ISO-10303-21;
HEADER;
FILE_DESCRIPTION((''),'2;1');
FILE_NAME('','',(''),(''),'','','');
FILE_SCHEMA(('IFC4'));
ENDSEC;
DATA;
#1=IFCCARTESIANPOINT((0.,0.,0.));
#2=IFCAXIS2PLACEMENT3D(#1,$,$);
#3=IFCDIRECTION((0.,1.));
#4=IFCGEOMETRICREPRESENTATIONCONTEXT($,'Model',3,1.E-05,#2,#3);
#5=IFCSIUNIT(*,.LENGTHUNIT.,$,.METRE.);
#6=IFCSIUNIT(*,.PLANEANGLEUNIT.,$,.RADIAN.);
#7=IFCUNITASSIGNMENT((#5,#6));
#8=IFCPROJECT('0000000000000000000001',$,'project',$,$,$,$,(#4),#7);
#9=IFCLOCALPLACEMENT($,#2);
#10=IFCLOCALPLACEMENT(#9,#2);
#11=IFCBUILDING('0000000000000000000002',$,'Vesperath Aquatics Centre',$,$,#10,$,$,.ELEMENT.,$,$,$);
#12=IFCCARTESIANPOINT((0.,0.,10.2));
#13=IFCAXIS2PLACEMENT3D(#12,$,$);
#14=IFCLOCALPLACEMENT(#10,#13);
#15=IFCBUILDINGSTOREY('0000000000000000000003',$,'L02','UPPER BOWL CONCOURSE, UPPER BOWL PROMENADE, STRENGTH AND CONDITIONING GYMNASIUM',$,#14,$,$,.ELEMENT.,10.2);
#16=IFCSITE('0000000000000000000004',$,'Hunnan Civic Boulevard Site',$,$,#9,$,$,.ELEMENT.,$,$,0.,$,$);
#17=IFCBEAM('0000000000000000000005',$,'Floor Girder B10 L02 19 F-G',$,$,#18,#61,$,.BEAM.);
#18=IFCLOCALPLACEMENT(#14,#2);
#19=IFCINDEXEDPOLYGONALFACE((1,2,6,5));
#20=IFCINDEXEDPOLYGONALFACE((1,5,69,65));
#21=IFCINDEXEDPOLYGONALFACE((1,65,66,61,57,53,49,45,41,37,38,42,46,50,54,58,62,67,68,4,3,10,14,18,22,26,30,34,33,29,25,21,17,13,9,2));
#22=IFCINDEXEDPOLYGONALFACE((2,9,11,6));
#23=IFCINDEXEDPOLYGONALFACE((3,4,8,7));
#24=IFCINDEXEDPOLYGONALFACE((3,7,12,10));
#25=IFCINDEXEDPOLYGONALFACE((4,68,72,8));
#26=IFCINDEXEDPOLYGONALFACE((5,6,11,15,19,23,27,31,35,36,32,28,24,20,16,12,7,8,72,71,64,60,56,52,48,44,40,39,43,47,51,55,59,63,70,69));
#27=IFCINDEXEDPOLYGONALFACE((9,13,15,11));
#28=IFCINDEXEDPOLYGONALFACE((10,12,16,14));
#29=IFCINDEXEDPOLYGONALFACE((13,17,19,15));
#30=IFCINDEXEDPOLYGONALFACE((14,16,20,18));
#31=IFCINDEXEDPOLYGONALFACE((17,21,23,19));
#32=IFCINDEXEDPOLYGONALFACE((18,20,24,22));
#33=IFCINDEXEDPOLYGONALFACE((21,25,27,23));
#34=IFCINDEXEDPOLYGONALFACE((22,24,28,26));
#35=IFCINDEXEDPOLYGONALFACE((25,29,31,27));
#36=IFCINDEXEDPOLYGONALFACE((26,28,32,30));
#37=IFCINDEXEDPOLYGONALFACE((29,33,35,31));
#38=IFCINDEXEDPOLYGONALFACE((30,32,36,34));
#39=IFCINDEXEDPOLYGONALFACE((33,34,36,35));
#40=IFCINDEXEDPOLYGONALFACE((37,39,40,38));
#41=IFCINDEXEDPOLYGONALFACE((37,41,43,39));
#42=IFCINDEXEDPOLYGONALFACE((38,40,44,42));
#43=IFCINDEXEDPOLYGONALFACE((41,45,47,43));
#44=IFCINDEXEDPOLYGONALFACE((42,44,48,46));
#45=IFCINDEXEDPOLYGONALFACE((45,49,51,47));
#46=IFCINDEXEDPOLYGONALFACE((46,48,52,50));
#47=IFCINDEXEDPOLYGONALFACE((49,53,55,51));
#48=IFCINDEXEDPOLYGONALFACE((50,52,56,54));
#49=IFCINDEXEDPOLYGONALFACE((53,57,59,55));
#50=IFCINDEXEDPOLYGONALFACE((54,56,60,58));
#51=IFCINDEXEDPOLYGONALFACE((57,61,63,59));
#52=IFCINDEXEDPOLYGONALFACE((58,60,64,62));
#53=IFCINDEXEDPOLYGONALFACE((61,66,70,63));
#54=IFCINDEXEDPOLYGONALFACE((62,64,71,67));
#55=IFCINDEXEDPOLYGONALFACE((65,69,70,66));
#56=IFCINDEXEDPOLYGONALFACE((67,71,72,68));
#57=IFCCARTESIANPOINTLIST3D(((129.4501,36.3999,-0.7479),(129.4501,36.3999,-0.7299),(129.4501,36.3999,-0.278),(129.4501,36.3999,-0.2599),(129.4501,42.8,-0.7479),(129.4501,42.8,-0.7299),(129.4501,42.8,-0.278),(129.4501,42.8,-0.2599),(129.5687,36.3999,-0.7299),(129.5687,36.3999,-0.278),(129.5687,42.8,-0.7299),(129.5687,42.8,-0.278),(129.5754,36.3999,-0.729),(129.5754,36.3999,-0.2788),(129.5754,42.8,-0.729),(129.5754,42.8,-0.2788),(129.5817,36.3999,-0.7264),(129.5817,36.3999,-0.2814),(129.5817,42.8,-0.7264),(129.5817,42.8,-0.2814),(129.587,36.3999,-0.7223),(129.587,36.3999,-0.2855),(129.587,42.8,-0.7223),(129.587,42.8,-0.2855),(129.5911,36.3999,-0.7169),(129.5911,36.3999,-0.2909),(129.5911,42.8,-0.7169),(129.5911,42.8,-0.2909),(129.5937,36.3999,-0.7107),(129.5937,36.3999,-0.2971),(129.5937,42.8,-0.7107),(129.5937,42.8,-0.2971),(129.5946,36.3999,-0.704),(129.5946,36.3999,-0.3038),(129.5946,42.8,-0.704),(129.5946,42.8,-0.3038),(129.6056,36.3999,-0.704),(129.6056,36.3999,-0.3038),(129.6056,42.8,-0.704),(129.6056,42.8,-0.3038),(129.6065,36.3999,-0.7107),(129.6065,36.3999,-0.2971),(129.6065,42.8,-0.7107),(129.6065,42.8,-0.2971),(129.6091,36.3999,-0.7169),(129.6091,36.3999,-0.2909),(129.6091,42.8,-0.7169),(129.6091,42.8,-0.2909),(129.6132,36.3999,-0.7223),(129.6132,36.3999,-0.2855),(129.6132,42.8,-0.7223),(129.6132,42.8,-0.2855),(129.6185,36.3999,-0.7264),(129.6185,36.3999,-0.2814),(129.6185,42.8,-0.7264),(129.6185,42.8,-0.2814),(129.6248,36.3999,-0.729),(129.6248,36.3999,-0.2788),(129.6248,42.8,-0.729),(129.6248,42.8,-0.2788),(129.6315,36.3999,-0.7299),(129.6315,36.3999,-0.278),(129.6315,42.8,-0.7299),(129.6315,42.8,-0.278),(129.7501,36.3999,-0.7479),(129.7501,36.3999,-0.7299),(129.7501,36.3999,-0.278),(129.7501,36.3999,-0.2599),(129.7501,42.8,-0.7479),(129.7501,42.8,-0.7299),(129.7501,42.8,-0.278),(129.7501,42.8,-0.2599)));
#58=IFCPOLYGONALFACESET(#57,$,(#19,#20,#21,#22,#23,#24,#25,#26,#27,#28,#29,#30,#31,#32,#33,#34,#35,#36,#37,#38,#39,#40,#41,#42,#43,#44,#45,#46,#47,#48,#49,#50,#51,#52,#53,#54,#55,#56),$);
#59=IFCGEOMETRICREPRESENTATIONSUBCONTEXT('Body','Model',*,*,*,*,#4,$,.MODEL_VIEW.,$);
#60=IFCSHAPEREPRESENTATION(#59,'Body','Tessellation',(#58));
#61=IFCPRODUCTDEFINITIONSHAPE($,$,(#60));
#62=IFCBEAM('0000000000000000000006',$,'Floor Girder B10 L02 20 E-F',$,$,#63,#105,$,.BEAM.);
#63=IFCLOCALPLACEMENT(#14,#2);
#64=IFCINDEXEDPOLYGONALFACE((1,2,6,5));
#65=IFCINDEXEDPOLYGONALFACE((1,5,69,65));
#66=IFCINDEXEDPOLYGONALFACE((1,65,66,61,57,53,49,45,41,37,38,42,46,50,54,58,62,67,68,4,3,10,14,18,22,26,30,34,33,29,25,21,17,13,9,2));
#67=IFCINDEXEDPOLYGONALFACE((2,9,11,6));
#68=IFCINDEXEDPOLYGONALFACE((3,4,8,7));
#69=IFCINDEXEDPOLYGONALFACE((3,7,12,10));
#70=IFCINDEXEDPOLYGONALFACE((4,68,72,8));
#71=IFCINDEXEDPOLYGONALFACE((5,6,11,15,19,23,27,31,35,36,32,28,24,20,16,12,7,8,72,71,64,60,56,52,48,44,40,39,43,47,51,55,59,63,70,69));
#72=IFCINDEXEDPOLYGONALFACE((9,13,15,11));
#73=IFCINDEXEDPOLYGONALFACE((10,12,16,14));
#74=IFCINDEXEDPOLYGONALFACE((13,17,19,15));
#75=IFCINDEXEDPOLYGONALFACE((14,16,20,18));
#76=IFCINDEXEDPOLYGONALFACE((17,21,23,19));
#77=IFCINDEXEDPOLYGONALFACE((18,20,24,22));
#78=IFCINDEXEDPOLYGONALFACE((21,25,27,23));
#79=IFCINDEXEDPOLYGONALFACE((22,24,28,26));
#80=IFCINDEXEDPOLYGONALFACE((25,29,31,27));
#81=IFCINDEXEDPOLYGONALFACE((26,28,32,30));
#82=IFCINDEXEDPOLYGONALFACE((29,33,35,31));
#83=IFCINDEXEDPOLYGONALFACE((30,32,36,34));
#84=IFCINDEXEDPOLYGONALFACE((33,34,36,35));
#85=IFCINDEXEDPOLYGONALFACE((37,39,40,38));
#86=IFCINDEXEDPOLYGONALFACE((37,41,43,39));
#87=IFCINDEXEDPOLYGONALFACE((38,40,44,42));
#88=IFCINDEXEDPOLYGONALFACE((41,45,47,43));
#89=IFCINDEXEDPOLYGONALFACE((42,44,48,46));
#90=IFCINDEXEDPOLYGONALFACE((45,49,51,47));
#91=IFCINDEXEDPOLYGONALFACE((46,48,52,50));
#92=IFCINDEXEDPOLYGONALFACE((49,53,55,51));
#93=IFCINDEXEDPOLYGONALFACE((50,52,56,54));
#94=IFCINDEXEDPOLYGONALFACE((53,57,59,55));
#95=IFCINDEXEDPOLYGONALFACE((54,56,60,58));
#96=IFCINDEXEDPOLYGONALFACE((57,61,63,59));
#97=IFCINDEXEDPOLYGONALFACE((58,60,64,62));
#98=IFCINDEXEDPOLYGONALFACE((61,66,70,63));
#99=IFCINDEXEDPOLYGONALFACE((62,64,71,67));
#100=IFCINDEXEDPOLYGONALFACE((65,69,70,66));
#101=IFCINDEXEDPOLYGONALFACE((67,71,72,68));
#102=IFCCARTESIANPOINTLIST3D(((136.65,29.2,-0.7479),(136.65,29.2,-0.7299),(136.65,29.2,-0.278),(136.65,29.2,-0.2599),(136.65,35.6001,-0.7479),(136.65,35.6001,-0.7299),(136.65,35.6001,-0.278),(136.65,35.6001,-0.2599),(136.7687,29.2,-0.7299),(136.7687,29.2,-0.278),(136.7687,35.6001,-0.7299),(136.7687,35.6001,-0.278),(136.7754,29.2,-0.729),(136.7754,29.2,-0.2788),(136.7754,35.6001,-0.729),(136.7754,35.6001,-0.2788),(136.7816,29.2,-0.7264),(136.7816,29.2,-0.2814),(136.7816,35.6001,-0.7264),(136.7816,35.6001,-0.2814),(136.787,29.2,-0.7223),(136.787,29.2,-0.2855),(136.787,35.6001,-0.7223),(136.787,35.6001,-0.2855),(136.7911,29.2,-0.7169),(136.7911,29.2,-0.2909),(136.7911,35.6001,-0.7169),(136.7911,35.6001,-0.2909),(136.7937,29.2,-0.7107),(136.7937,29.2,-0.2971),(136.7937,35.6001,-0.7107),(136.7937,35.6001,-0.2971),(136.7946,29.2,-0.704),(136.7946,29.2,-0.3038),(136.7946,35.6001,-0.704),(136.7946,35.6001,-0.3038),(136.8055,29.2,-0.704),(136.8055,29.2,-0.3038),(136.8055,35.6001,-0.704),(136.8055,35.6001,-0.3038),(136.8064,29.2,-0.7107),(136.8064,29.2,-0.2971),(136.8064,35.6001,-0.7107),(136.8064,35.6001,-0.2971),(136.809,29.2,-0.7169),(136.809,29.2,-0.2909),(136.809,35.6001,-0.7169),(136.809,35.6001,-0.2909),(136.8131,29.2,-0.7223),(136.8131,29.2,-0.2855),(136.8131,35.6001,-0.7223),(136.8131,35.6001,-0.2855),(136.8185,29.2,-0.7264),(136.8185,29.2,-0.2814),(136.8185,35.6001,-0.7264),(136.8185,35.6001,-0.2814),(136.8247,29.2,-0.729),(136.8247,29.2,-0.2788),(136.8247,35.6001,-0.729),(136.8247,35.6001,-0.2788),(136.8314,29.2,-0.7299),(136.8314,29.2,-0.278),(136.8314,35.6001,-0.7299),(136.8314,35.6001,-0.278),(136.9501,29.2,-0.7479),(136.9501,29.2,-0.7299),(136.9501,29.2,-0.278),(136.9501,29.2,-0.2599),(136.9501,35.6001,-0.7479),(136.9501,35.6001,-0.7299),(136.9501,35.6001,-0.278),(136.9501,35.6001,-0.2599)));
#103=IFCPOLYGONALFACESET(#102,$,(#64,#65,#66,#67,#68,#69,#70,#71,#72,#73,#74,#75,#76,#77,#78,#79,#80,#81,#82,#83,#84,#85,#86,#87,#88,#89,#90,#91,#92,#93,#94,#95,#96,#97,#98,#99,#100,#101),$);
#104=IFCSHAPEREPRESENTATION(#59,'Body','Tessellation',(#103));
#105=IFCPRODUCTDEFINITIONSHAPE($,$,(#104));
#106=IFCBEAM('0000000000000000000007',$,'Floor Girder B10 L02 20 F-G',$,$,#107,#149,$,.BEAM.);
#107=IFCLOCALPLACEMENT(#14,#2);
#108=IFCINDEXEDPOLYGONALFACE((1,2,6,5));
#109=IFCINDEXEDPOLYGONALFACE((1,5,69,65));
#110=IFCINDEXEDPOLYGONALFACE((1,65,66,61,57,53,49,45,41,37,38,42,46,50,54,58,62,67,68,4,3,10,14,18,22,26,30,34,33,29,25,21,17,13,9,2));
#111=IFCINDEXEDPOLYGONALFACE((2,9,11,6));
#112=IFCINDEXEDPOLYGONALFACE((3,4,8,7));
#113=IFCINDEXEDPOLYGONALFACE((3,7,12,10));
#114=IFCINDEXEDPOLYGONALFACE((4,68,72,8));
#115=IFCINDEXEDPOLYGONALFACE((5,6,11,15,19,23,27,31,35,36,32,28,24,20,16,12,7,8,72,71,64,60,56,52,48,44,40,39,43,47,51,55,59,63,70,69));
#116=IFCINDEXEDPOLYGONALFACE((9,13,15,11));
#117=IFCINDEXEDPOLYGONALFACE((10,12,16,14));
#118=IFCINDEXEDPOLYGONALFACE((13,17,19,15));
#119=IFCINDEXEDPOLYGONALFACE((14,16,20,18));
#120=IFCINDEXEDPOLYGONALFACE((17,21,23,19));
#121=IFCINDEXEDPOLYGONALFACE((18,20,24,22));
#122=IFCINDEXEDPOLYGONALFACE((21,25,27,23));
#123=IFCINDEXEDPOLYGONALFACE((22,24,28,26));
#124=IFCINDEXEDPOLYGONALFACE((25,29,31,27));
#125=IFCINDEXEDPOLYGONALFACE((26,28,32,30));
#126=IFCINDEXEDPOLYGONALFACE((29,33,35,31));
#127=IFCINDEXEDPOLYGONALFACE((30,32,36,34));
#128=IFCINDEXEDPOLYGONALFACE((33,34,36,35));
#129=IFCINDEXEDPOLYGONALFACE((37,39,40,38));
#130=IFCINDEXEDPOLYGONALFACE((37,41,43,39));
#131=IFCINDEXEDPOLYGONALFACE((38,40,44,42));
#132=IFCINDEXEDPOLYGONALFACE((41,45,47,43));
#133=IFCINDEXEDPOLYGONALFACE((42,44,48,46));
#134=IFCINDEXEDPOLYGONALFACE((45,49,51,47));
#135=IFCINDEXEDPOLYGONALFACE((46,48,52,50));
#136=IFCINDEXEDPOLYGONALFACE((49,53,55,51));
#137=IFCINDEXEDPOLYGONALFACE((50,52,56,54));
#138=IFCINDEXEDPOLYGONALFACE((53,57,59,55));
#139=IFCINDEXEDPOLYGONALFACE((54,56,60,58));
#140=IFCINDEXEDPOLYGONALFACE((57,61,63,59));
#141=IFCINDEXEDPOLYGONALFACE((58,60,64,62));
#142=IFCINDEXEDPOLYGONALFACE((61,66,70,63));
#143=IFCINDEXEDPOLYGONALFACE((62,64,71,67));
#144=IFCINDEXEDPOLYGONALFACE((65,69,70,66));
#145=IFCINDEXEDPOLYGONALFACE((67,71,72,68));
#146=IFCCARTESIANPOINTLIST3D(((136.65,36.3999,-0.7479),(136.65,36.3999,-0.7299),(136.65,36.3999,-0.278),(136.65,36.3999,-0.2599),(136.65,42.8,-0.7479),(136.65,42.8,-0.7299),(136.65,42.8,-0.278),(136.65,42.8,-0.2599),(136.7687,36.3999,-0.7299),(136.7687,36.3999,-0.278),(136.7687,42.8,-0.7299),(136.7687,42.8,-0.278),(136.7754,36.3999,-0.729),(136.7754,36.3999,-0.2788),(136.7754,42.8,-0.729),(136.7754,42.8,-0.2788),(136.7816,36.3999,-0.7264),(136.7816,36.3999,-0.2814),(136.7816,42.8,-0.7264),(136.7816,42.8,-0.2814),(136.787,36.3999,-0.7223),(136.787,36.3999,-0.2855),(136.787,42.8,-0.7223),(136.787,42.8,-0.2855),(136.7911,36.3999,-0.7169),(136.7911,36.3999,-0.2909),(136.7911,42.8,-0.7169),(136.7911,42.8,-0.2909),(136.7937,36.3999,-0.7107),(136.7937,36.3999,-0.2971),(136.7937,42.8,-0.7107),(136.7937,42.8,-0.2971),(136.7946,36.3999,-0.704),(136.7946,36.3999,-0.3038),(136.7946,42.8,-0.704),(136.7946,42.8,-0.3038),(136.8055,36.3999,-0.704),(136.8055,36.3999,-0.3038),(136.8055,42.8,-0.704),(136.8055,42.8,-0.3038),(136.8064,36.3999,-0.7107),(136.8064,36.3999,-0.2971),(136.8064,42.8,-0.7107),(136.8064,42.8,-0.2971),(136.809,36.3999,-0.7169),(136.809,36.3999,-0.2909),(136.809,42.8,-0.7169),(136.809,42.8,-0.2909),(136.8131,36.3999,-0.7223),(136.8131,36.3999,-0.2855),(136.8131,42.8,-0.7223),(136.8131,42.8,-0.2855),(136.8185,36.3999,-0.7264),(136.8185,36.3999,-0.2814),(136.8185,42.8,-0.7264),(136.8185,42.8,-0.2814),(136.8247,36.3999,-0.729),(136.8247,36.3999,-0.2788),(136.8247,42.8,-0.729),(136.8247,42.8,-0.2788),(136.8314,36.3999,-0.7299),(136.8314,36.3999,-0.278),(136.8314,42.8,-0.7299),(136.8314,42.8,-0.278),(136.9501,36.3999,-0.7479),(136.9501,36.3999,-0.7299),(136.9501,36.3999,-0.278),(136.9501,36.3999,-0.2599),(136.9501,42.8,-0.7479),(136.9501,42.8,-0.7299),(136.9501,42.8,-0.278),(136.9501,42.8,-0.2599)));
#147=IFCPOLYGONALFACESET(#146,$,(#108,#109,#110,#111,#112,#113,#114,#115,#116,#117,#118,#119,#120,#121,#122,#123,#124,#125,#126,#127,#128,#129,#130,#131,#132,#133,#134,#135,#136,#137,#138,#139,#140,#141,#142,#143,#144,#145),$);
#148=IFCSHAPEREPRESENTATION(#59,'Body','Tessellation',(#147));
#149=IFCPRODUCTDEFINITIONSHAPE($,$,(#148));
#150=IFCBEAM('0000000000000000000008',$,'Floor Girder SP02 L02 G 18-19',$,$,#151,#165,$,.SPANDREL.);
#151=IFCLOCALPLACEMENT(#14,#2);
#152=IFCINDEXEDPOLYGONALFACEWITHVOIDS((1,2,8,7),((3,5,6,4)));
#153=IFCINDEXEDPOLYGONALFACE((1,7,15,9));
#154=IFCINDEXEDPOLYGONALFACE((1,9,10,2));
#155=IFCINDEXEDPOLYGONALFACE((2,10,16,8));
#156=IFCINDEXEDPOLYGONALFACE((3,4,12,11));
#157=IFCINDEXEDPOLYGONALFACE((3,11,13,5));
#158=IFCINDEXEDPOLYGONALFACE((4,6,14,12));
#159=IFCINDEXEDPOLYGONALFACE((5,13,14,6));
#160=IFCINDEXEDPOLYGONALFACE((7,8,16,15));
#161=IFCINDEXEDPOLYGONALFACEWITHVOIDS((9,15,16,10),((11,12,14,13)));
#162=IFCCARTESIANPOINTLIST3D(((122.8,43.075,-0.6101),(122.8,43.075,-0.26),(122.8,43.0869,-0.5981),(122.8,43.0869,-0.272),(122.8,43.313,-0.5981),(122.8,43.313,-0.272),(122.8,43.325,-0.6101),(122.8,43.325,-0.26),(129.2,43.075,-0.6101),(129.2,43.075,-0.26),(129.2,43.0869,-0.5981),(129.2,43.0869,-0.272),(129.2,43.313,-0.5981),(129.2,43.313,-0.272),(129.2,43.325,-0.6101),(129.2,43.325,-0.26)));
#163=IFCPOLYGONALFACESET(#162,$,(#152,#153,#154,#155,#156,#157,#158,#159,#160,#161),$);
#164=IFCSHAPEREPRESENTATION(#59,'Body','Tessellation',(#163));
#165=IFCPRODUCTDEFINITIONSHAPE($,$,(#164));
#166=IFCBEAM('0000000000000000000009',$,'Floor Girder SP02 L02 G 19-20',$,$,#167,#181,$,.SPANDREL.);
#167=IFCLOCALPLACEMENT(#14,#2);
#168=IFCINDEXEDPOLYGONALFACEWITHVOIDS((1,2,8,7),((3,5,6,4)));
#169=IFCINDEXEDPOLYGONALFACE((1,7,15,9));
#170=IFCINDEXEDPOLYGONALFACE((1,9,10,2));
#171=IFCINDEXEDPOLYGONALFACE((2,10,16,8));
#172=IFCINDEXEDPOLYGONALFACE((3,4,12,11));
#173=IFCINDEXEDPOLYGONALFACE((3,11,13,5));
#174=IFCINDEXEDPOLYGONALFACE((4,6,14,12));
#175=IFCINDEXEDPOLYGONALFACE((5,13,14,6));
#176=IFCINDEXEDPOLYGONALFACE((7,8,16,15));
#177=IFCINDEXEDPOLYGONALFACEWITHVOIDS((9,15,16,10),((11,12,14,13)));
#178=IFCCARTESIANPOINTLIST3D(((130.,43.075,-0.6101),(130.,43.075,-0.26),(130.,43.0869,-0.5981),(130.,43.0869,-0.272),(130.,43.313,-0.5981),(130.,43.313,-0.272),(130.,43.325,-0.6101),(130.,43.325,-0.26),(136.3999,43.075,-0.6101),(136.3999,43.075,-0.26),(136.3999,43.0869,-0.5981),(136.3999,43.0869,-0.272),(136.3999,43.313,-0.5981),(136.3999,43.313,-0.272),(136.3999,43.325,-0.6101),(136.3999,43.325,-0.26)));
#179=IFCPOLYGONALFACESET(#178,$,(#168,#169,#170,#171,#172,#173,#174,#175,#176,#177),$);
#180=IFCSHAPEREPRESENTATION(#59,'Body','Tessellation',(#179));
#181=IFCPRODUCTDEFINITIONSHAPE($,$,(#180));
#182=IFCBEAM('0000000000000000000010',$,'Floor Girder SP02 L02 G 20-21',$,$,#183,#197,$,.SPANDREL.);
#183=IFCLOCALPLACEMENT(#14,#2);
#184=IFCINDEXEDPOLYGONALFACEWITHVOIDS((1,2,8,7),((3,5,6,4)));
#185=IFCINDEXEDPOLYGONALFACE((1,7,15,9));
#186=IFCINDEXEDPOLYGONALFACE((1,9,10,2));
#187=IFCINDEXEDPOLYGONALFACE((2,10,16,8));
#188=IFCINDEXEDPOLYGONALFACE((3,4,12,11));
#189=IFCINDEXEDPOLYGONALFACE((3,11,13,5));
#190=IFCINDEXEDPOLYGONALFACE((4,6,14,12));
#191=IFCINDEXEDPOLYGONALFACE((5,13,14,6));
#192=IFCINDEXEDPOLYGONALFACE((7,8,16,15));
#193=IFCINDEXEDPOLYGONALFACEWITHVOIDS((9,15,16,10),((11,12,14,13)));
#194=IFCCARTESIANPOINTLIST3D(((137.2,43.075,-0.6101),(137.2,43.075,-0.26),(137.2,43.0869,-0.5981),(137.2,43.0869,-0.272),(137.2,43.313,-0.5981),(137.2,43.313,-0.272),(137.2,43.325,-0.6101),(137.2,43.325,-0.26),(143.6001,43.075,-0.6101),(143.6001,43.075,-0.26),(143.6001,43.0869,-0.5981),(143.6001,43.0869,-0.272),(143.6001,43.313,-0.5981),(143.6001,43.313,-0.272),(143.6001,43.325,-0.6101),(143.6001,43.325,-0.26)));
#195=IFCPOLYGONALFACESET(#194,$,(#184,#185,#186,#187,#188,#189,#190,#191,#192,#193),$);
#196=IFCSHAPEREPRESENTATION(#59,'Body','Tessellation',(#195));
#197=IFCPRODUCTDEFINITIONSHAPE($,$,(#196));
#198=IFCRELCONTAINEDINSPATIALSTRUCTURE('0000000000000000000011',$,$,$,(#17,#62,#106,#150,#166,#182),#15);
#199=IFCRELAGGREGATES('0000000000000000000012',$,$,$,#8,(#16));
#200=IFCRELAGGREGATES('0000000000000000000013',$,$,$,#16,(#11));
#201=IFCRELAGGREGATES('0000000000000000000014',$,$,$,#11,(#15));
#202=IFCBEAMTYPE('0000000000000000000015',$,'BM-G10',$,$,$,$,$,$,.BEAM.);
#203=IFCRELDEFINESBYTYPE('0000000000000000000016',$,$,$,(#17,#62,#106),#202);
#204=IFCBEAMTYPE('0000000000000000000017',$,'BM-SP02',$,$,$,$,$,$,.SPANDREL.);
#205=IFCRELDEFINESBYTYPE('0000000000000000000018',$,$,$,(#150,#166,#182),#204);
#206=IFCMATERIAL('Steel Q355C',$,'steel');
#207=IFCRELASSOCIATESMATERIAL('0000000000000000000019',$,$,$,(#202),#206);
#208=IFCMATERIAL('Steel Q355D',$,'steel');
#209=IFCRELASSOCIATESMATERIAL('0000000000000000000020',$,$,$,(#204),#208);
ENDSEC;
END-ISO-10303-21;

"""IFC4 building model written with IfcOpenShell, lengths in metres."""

from ifc_helpers import new_model, si_unit, direction, frame, origin, origin_2d, place, context, subcontext, project, spatial, hollow_rectangle, i_section, extrude, material, material_profile, profile_set, type_object, element, save


model = new_model("IFC4")

# Units and contexts
model_context = context("Model", 3, precision=1e-05, world=origin(), true_north=direction((0.0, 1.0)))
body_context = subcontext(model_context, "Body", "Model", "MODEL_VIEW")
ifc_project = project(units=[si_unit("LENGTHUNIT", "METRE"), si_unit("PLANEANGLEUNIT", "RADIAN")], contexts=[model_context])

# Site, building, storey
site_placement = place(None, origin())
site = spatial("IfcSite", under=ifc_project, at=site_placement, Name="Hunnan Civic Boulevard Site", CompositionType="ELEMENT", RefElevation=0.0)
building_placement = place(site_placement, origin())
building = spatial("IfcBuilding", under=site, at=building_placement, Name="Vesperath Aquatics Centre", CompositionType="ELEMENT")
storey_placement = place(building_placement, frame((0.0, 0.0, 10.2)))
storey = spatial("IfcBuildingStorey", under=building, at=storey_placement, Name="L02", Description="UPPER BOWL CONCOURSE, UPPER BOWL PROMENADE, STRENGTH AND CONDITIONING GYMNASIUM", CompositionType="ELEMENT", Elevation=10.2)

# Shared definitions
ifc_material_1 = material(Name="Steel Q355D", Category="steel")

# Beams
ifc_material_2 = material(Name="Steel Q355C", Category="steel")
ifc_material_profile_1 = material_profile(ifc_material_2, i_section(OverallWidth=0.3, OverallDepth=0.488, WebThickness=0.011, FlangeThickness=0.0181, FilletRadius=0.0259, at=origin_2d()), Name="HM 488x300x11x18")
ifc_profile_set_1 = profile_set([ifc_material_profile_1], Name="Steel Q355C")
beam_type_1 = type_object("IfcBeamType", Name="BM-G10", PredefinedType="BEAM", material=ifc_profile_set_1)
for number, where, z_axis, x_axis, name in (
    (1, (129.6001, 36.3999, -0.5039), (0.0, 1.0, 0.0), (-1.0, 0.0, 0.0), "Floor Girder B10 L02 19 F-G"),
    (2, (136.8, 29.2, -0.5039), (0.0, 1.0, 0.0), (-1.0, 0.0, 0.0), "Floor Girder B10 L02 20 E-F"),
    (3, (136.8, 36.3999, -0.5039), (0.0, 1.0, 0.0), (-1.0, 0.0, 0.0), "Floor Girder B10 L02 20 F-G"),
):
    element("IfcBeam", number, at=place(storey_placement, frame(where, z_axis=z_axis, x_axis=x_axis)), inside=storey, type_object=beam_type_1, Name=name, PredefinedType="BEAM", context=body_context, shape_type="SweptSolid", body=[
        extrude(i_section(OverallWidth=0.3, OverallDepth=0.488, WebThickness=0.011, FlangeThickness=0.0181, FilletRadius=0.0259, at=origin_2d()), origin(), (0.0, 0.0, 1.0), 6.4001),
    ])
ifc_material_profile_2 = material_profile(ifc_material_1, hollow_rectangle(XDim=0.25, YDim=0.3501, WallThickness=0.012, at=origin_2d()), Name="RHS 350x250x12")
ifc_profile_set_2 = profile_set([ifc_material_profile_2], Name="Steel Q355D")
beam_type_2 = type_object("IfcBeamType", Name="BM-SP02", PredefinedType="SPANDREL", material=ifc_profile_set_2)
for number, where, z_axis, x_axis, name in (
    (4, (122.8, 43.2, -0.4351), (1.0, 0.0, 0.0), (0.0, 1.0, 0.0), "Floor Girder SP02 L02 G 18-19"),
    (5, (130.0, 43.2, -0.4351), (1.0, 0.0, 0.0), (0.0, 1.0, 0.0), "Floor Girder SP02 L02 G 19-20"),
):
    element("IfcBeam", number, at=place(storey_placement, frame(where, z_axis=z_axis, x_axis=x_axis)), inside=storey, type_object=beam_type_2, Name=name, PredefinedType="SPANDREL", context=body_context, shape_type="SweptSolid", body=[
        extrude(hollow_rectangle(XDim=0.25, YDim=0.3501, WallThickness=0.012, at=origin_2d()), origin(), (0.0, 0.0, 1.0), 6.3999),
    ])
beam_1_placement = place(storey_placement, frame((137.2, 43.2, -0.4351), z_axis=(1.0, 0.0, 0.0), x_axis=(0.0, 1.0, 0.0)))
element("IfcBeam", 6, at=beam_1_placement, inside=storey, type_object=beam_type_2, Name="Floor Girder SP02 L02 G 20-21", PredefinedType="SPANDREL", context=body_context, shape_type="SweptSolid", body=[
    extrude(hollow_rectangle(XDim=0.25, YDim=0.3501, WallThickness=0.012, at=origin_2d()), origin(), (0.0, 0.0, 1.0), 6.4001),
])

save(model, "model.ifc")
